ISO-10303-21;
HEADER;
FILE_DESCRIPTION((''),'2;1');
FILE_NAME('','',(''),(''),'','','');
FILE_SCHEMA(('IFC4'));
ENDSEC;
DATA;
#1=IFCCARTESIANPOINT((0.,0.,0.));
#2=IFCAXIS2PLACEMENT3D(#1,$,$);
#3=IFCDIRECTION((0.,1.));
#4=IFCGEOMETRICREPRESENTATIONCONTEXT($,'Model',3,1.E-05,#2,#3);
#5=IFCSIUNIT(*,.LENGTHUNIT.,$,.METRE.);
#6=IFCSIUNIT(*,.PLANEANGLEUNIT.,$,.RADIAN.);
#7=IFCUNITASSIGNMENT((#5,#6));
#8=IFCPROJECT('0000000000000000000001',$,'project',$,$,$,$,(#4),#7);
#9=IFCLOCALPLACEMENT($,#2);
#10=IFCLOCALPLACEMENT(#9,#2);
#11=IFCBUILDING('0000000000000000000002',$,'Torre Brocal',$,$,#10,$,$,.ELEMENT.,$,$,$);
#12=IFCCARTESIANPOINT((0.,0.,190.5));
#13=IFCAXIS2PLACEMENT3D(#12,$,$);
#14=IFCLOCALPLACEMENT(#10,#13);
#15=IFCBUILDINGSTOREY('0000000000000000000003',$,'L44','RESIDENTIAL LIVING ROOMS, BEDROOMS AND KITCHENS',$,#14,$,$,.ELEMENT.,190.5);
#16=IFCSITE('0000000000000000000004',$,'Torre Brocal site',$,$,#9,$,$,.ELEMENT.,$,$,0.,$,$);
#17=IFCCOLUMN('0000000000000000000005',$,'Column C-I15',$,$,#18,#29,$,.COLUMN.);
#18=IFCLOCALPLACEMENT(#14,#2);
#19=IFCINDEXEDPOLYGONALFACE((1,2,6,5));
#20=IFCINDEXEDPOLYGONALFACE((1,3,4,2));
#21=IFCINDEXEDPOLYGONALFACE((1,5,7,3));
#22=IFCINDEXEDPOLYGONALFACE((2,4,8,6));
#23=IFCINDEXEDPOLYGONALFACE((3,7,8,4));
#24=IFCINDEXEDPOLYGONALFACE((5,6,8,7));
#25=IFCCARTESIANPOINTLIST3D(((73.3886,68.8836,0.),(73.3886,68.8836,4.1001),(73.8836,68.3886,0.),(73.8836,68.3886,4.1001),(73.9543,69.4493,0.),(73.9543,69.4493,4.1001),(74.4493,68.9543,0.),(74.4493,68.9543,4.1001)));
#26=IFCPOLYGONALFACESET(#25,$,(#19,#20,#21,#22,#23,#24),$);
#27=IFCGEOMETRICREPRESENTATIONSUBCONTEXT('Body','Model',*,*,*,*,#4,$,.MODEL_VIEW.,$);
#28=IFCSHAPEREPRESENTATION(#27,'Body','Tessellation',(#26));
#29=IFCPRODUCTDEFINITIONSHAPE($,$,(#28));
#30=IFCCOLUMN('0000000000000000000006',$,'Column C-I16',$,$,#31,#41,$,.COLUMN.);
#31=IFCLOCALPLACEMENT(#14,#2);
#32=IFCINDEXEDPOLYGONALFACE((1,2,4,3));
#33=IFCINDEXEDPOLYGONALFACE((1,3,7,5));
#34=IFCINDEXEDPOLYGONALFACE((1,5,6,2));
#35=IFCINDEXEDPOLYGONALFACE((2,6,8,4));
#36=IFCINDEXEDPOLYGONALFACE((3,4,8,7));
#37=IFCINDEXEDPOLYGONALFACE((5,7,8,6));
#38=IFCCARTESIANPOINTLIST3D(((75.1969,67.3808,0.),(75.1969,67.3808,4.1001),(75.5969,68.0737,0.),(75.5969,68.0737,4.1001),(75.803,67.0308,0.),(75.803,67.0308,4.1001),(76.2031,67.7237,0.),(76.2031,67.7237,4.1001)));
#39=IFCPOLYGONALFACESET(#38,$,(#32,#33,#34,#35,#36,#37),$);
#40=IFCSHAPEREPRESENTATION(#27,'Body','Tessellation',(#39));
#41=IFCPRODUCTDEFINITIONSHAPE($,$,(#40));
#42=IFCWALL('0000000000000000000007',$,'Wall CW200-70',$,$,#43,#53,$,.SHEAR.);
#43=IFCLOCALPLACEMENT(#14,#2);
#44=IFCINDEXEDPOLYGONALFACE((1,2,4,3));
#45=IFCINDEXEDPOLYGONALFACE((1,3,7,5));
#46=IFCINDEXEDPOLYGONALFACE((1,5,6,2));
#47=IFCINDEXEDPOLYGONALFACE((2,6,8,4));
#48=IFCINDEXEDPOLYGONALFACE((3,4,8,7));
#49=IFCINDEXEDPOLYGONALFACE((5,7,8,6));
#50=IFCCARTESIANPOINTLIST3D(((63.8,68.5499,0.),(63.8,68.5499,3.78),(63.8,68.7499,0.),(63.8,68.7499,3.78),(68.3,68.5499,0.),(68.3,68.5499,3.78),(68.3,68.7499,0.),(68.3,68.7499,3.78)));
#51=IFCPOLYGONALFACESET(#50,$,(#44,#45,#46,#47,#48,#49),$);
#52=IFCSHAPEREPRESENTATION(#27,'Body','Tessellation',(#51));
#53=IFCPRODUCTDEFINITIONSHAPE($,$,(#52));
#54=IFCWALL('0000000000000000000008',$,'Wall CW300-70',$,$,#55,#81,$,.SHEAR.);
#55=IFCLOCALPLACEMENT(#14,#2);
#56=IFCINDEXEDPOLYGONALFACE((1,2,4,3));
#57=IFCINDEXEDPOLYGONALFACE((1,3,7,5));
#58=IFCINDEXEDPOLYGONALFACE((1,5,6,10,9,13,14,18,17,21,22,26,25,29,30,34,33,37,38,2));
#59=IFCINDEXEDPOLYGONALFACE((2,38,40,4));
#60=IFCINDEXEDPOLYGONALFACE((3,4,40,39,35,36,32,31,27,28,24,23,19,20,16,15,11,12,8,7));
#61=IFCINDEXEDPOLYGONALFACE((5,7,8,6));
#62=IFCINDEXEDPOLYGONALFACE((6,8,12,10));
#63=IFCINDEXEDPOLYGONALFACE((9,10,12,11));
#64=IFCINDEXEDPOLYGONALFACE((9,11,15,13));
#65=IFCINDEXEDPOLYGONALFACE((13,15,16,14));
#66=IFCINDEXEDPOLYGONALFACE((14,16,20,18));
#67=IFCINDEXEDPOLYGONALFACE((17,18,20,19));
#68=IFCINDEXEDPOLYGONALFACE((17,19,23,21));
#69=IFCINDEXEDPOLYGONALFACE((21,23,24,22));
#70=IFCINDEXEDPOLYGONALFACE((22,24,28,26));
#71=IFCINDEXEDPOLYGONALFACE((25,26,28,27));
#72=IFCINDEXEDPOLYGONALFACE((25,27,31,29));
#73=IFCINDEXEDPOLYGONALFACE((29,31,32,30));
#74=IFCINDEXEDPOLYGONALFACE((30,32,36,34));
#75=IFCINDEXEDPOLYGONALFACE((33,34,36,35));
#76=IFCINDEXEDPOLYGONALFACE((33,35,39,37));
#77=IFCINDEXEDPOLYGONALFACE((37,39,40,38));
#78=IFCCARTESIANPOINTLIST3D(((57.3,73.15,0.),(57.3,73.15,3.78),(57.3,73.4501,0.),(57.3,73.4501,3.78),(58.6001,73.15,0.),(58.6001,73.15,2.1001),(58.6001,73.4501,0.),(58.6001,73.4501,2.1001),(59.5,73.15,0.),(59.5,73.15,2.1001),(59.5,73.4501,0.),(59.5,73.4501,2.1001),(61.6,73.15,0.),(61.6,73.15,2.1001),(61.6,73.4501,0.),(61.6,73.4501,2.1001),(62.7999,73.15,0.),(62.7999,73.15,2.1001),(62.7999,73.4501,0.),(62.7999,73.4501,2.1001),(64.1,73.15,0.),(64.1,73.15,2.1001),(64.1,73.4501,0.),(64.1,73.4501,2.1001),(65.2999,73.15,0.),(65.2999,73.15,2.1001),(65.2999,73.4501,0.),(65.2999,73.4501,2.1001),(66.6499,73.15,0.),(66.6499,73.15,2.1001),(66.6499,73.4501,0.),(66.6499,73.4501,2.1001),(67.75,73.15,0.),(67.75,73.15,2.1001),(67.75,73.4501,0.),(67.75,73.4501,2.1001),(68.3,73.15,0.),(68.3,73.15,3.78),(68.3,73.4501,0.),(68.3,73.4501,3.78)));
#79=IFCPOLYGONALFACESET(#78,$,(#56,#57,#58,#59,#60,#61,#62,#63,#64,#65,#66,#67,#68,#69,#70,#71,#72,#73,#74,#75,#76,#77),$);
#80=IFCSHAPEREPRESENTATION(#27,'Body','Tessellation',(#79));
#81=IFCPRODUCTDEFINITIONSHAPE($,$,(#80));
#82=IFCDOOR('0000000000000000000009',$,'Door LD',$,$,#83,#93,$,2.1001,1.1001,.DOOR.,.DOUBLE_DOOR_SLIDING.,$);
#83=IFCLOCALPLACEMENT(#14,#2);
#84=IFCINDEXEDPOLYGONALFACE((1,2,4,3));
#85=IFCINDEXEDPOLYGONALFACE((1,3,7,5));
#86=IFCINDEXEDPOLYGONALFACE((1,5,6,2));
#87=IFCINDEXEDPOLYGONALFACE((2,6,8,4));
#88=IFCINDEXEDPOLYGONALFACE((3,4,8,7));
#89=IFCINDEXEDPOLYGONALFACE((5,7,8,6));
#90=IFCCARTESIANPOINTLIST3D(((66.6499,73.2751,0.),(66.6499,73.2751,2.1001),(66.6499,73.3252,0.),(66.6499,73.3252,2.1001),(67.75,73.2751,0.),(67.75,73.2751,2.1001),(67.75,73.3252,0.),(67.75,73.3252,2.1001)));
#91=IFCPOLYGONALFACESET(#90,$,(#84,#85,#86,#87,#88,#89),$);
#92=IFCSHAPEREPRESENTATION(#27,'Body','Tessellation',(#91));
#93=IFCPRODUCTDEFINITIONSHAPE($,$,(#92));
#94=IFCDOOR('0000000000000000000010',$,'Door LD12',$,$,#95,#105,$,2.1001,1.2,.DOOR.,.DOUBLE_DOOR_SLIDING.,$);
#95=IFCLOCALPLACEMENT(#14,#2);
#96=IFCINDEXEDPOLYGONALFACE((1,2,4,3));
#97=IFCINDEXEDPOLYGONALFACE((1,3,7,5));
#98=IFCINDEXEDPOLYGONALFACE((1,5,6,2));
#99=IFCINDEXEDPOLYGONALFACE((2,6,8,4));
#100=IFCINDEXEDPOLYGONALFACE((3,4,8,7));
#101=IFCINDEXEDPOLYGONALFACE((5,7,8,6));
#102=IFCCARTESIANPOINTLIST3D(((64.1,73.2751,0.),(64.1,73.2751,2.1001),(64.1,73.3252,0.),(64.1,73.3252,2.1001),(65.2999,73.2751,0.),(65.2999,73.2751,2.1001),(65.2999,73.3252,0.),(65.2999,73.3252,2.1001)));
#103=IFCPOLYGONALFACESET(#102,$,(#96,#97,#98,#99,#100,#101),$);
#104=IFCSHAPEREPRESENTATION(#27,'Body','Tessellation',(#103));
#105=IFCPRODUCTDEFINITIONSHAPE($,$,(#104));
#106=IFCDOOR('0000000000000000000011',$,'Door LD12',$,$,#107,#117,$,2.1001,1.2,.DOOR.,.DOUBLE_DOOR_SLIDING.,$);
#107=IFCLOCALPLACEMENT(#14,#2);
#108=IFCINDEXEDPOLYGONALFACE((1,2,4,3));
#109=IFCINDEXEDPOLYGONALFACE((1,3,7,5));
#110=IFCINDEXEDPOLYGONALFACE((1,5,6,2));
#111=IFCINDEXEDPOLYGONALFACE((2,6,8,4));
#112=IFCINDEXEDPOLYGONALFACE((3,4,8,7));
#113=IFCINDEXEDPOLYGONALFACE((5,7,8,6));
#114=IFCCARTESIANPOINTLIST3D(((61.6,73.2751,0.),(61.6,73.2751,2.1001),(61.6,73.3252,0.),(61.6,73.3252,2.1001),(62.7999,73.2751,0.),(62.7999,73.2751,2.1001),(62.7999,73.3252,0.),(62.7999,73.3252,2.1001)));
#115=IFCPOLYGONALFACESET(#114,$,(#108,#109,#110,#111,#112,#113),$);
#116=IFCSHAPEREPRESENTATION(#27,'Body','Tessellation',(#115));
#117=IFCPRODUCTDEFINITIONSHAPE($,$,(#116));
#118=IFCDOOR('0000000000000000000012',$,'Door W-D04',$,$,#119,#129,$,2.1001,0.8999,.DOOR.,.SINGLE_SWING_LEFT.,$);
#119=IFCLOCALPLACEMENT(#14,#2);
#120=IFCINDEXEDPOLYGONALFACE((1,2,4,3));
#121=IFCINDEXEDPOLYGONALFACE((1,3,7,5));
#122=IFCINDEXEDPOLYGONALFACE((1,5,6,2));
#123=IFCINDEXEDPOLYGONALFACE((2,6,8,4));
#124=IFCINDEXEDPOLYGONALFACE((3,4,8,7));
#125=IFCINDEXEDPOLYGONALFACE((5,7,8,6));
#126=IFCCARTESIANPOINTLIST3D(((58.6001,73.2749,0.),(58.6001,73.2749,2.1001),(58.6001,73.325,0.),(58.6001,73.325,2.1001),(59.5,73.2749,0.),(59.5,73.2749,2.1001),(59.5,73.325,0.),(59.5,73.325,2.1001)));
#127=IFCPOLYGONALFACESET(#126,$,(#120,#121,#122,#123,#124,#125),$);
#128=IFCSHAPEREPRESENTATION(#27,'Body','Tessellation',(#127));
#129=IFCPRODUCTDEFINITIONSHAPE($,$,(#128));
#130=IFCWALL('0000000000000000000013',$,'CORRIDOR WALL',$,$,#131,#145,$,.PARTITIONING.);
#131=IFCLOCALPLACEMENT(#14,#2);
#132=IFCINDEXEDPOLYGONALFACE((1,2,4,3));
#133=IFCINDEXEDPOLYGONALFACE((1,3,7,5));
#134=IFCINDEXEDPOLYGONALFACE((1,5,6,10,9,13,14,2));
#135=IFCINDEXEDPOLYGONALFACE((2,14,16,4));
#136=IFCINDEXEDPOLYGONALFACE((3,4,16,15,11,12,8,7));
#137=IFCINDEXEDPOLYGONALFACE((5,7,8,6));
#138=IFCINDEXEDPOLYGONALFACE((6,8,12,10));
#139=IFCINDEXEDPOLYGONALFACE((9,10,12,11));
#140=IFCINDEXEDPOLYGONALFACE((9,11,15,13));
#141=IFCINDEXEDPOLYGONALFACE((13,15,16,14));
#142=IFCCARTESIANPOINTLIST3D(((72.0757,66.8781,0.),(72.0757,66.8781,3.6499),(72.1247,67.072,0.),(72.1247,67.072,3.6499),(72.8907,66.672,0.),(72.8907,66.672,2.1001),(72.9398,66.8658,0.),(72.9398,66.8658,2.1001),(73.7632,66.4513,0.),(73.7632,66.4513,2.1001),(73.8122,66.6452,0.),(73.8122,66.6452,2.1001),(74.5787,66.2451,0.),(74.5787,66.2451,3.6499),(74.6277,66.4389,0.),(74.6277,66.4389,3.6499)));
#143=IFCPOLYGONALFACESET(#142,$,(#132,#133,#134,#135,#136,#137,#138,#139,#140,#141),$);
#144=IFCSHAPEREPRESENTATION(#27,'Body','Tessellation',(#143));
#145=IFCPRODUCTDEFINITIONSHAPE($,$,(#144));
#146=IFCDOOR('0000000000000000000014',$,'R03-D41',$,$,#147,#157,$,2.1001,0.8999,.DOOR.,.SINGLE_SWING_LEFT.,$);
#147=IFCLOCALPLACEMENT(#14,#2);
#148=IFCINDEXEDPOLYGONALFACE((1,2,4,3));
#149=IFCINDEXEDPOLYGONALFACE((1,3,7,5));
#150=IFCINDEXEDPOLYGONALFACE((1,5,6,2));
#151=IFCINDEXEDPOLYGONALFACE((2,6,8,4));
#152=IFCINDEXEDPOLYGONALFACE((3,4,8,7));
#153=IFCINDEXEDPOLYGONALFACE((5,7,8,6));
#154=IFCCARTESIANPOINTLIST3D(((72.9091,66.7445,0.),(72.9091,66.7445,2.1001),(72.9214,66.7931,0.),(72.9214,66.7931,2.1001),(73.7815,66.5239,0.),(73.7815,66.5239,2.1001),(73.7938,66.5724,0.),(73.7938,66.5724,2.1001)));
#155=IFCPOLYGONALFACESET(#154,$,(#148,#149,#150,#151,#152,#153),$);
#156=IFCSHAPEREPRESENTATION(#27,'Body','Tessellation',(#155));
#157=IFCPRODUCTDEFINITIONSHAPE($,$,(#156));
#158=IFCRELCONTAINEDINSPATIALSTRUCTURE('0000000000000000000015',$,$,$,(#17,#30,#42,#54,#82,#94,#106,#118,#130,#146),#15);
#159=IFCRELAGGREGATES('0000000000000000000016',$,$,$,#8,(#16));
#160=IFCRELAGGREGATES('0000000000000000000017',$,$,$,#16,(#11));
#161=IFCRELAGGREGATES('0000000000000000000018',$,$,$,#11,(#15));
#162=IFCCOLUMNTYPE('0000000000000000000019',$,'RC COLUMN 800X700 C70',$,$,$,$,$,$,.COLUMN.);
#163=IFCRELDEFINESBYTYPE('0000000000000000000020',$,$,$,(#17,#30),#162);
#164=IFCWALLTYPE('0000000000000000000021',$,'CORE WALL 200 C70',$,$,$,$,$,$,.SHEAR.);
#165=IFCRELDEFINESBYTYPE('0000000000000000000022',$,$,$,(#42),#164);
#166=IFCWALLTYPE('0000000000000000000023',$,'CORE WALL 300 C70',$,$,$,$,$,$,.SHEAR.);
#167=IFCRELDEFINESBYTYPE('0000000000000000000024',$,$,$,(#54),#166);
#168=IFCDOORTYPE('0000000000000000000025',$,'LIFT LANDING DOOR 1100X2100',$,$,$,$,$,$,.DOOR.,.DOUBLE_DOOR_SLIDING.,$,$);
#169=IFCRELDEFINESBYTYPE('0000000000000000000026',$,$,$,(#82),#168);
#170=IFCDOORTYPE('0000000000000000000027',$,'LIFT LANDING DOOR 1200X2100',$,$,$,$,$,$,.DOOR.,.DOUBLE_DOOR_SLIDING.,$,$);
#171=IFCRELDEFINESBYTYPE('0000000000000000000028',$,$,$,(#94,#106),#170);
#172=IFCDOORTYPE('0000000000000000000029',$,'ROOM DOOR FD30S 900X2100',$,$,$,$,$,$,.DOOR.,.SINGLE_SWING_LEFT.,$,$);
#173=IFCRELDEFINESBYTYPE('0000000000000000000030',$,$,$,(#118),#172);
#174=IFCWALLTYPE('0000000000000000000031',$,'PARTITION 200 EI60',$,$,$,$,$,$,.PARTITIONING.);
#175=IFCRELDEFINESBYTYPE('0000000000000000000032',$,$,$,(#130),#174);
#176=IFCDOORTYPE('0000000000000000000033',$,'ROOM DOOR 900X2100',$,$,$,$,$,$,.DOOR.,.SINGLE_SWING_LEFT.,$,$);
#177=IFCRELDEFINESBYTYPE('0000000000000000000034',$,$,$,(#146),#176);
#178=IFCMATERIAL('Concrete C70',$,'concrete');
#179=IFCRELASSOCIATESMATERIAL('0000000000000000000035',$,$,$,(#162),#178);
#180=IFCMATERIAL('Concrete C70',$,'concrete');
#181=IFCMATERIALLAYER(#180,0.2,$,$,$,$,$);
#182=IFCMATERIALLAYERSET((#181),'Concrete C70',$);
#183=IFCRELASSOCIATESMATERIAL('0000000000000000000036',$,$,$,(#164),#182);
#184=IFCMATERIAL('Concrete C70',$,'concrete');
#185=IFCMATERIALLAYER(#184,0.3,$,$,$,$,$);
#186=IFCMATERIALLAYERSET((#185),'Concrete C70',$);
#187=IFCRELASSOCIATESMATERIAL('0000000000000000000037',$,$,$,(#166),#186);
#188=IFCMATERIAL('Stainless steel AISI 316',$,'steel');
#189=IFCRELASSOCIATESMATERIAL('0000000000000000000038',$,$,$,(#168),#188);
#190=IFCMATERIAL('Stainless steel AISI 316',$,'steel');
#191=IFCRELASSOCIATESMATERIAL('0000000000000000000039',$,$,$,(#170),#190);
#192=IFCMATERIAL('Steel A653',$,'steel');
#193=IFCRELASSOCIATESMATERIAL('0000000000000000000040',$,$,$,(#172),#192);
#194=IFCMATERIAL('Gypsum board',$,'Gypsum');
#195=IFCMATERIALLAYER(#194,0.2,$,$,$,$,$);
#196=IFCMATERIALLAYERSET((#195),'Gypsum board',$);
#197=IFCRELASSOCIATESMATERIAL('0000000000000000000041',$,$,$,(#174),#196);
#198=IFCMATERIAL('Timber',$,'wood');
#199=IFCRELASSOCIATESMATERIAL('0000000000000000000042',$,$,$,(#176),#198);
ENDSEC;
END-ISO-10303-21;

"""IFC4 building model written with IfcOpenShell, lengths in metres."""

from ifc_helpers import new_model, si_unit, direction, frame, frame_2d, origin, origin_2d, place, context, subcontext, project, spatial, rectangle, extrude, material, layer, layer_set, material_profile, profile_set, type_object, element, fill, save


model = new_model("IFC4")

# Units and contexts
model_context = context("Model", 3, precision=1e-05, world=origin(), true_north=direction((0.0, 1.0)))
body_context = subcontext(model_context, "Body", "Model", "MODEL_VIEW")
ifc_project = project(units=[si_unit("LENGTHUNIT", "METRE"), si_unit("PLANEANGLEUNIT", "RADIAN")], contexts=[model_context])

# Site, building, storey
site_placement = place(None, origin())
site = spatial("IfcSite", under=ifc_project, at=site_placement, Name="Torre Brocal site", CompositionType="ELEMENT", RefElevation=0.0)
building_placement = place(site_placement, origin())
building = spatial("IfcBuilding", under=site, at=building_placement, Name="Torre Brocal", CompositionType="ELEMENT")
storey_placement = place(building_placement, frame((0.0, 0.0, 190.5)))
storey = spatial("IfcBuildingStorey", under=building, at=storey_placement, Name="L44", Description="RESIDENTIAL LIVING ROOMS, BEDROOMS AND KITCHENS", CompositionType="ELEMENT", Elevation=190.5)

# Columns
ifc_material_1 = material(Name="Concrete C70", Category="concrete")
ifc_material_profile = material_profile(ifc_material_1, rectangle(XDim=0.8, YDim=0.7, at=origin_2d()), Name="RC 800X700")
ifc_profile_set = profile_set([ifc_material_profile], Name="Concrete C70")
column_type = type_object("IfcColumnType", Name="RC COLUMN 800X700 C70", PredefinedType="COLUMN", material=ifc_profile_set)
for number, where, z_axis, x_axis, name in (
    (1, (73.9189, 68.9189, 0.0), (0.0, 0.0, 1.0), (-0.707107, -0.707107, 0.0), "Column C-I15"),
    (2, (75.7, 67.5522, 0.0), (0.0, 0.0, 1.0), (-0.5, -0.866025, 0.0), "Column C-I16"),
):
    element("IfcColumn", number, at=place(storey_placement, frame(where, z_axis=z_axis, x_axis=x_axis)), inside=storey, type_object=column_type, Name=name, PredefinedType="COLUMN", context=body_context, shape_type="SweptSolid", body=[
        extrude(rectangle(XDim=0.8, YDim=0.7, at=origin_2d()), origin(), (0.0, 0.0, 1.0), 4.1001),
    ])

# Wall
ifc_material_2 = material(Name="Concrete C70", Category="concrete")
ifc_layer_1 = layer(ifc_material_2, 0.2)
ifc_layer_set_1 = layer_set([ifc_layer_1], Name="Concrete C70")
wall_type_1 = type_object("IfcWallType", Name="CORE WALL 200 C70", PredefinedType="SHEAR", material=ifc_layer_set_1)
wall_1_placement = place(storey_placement, frame((68.3, 68.6499, 0.0), z_axis=(0.0, 0.0, 1.0), x_axis=(-1.0, 0.0, 0.0)))
element("IfcWall", 3, at=wall_1_placement, inside=storey, type_object=wall_type_1, Name="Wall CW200-70", PredefinedType="SHEAR", context=body_context, shape_type="SweptSolid", body=[
    extrude(rectangle(XDim=4.5, YDim=0.2, at=frame_2d((2.25, 0.0))), origin(), (0.0, 0.0, 1.0), 3.78),
])

# Wall, openings, doors
ifc_material_3 = material(Name="Concrete C70", Category="concrete")
ifc_layer_2 = layer(ifc_material_3, 0.3)
ifc_layer_set_2 = layer_set([ifc_layer_2], Name="Concrete C70")
wall_type_2 = type_object("IfcWallType", Name="CORE WALL 300 C70", PredefinedType="SHEAR", material=ifc_layer_set_2)
wall_2_placement = place(storey_placement, frame((68.3, 73.3, 0.0), z_axis=(0.0, 0.0, 1.0), x_axis=(-1.0, 0.0, 0.0)))
wall_2 = element("IfcWall", 4, at=wall_2_placement, inside=storey, type_object=wall_type_2, Name="Wall CW300-70", PredefinedType="SHEAR", context=body_context, shape_type="SweptSolid", body=[
    extrude(rectangle(XDim=11.0, YDim=0.3, at=frame_2d((5.5, 0.0))), origin(), (0.0, 0.0, 1.0), 3.78),
])
opening_1_placement = place(wall_2_placement, frame((0.55, 0.0, 0.0)))
opening_1 = element("IfcOpeningElement", 5, at=opening_1_placement, cuts=wall_2, PredefinedType="OPENING", context=body_context, shape_type="SweptSolid", body=[
    extrude(rectangle(XDim=1.1001, YDim=2.1001, at=frame_2d((0.55, 1.05))), frame((0.0, 0.1599, 0.0), z_axis=(0.0, -1.0, 0.0), x_axis=(1.0, 0.0, 0.0)), (0.0, 0.0, 1.0), 0.3201),
])
opening_2_placement = place(wall_2_placement, frame((3.0, 0.0, 0.0)))
opening_2 = element("IfcOpeningElement", 6, at=opening_2_placement, cuts=wall_2, PredefinedType="OPENING", context=body_context, shape_type="SweptSolid", body=[
    extrude(rectangle(XDim=1.2, YDim=2.1001, at=frame_2d((0.6001, 1.05))), frame((0.0, 0.1599, 0.0), z_axis=(0.0, -1.0, 0.0), x_axis=(1.0, 0.0, 0.0)), (0.0, 0.0, 1.0), 0.3201),
])
opening_3_placement = place(wall_2_placement, frame((5.5, 0.0, 0.0)))
opening_3 = element("IfcOpeningElement", 7, at=opening_3_placement, cuts=wall_2, PredefinedType="OPENING", context=body_context, shape_type="SweptSolid", body=[
    extrude(rectangle(XDim=1.2, YDim=2.1001, at=frame_2d((0.6001, 1.05))), frame((0.0, 0.1599, 0.0), z_axis=(0.0, -1.0, 0.0), x_axis=(1.0, 0.0, 0.0)), (0.0, 0.0, 1.0), 0.3201),
])
opening_4_placement = place(wall_2_placement, frame((8.8, 0.0, 0.0)))
opening_4 = element("IfcOpeningElement", 8, at=opening_4_placement, cuts=wall_2, PredefinedType="OPENING", context=body_context, shape_type="SweptSolid", body=[
    extrude(rectangle(XDim=0.8999, YDim=2.1001, at=frame_2d((0.45, 1.05))), frame((0.0, 0.1599, 0.0), z_axis=(0.0, -1.0, 0.0), x_axis=(1.0, 0.0, 0.0)), (0.0, 0.0, 1.0), 0.3201),
])
ifc_material_4 = material(Name="Stainless steel AISI 316", Category="steel")
door_type_1 = type_object("IfcDoorType", Name="LIFT LANDING DOOR 1100X2100", OperationType="DOUBLE_DOOR_SLIDING", PredefinedType="DOOR", material=ifc_material_4)
door_1_placement = place(opening_1_placement, origin())
door_1 = element("IfcDoor", 9, at=door_1_placement, inside=storey, type_object=door_type_1, Name="Door LD", OperationType="DOUBLE_DOOR_SLIDING", OverallHeight=2.1001, OverallWidth=1.1001, PredefinedType="DOOR", context=body_context, shape_type="SweptSolid", body=[
    extrude(rectangle(XDim=1.1001, YDim=2.1001, at=frame_2d((0.55, 1.05))), frame((0.0, 0.0249, 0.0), z_axis=(0.0, -1.0, 0.0), x_axis=(1.0, 0.0, 0.0)), (0.0, 0.0, 1.0), 0.05),
])
fill(opening_1, door_1)
ifc_material_5 = material(Name="Stainless steel AISI 316", Category="steel")
door_type_2 = type_object("IfcDoorType", Name="LIFT LANDING DOOR 1200X2100", OperationType="DOUBLE_DOOR_SLIDING", PredefinedType="DOOR", material=ifc_material_5)
door_2_placement = place(opening_2_placement, origin())
door_2 = element("IfcDoor", 10, at=door_2_placement, inside=storey, type_object=door_type_2, Name="Door LD12", OperationType="DOUBLE_DOOR_SLIDING", OverallHeight=2.1001, OverallWidth=1.2, PredefinedType="DOOR", context=body_context, shape_type="SweptSolid", body=[
    extrude(rectangle(XDim=1.2, YDim=2.1001, at=frame_2d((0.6001, 1.05))), frame((0.0, 0.0249, 0.0), z_axis=(0.0, -1.0, 0.0), x_axis=(1.0, 0.0, 0.0)), (0.0, 0.0, 1.0), 0.05),
])
fill(opening_2, door_2)
door_3_placement = place(opening_3_placement, origin())
door_3 = element("IfcDoor", 11, at=door_3_placement, inside=storey, type_object=door_type_2, Name="Door LD12", OperationType="DOUBLE_DOOR_SLIDING", OverallHeight=2.1001, OverallWidth=1.2, PredefinedType="DOOR", context=body_context, shape_type="SweptSolid", body=[
    extrude(rectangle(XDim=1.2, YDim=2.1001, at=frame_2d((0.6001, 1.05))), frame((0.0, 0.0249, 0.0), z_axis=(0.0, -1.0, 0.0), x_axis=(1.0, 0.0, 0.0)), (0.0, 0.0, 1.0), 0.05),
])
fill(opening_3, door_3)
ifc_material_6 = material(Name="Steel A653", Category="steel")
door_type_3 = type_object("IfcDoorType", Name="ROOM DOOR FD30S 900X2100", OperationType="SINGLE_SWING_LEFT", PredefinedType="DOOR", material=ifc_material_6)
door_4_placement = place(opening_4_placement, frame((0.8999, 0.0, 0.0), z_axis=(0.0, 0.0, 1.0), x_axis=(-1.0, 0.0, 0.0)))
door_4 = element("IfcDoor", 12, at=door_4_placement, inside=storey, type_object=door_type_3, Name="Door W-D04", OperationType="SINGLE_SWING_LEFT", OverallHeight=2.1001, OverallWidth=0.8999, PredefinedType="DOOR", context=body_context, shape_type="SweptSolid", body=[
    extrude(rectangle(XDim=0.8999, YDim=2.1001, at=frame_2d((0.45, 1.05))), frame((0.0, 0.0249, 0.0), z_axis=(0.0, -1.0, 0.0), x_axis=(1.0, 0.0, 0.0)), (0.0, 0.0, 1.0), 0.05),
])
fill(opening_4, door_4)

# Wall, opening, door
ifc_material_7 = material(Name="Gypsum board", Category="Gypsum")
ifc_layer_3 = layer(ifc_material_7, 0.2)
ifc_layer_set_3 = layer_set([ifc_layer_3], Name="Gypsum board")
wall_type_3 = type_object("IfcWallType", Name="PARTITION 200 EI60", PredefinedType="PARTITIONING", material=ifc_layer_set_3)
wall_3_placement = place(storey_placement, frame((72.1001, 66.9751, 0.0), z_axis=(0.0, 0.0, 1.0), x_axis=(0.969471, -0.245205, 0.0)))
wall_3 = element("IfcWall", 13, at=wall_3_placement, inside=storey, type_object=wall_type_3, Name="CORRIDOR WALL", PredefinedType="PARTITIONING", context=body_context, shape_type="SweptSolid", body=[
    extrude(rectangle(XDim=2.5818, YDim=0.2, at=frame_2d((1.291, 0.0))), origin(), (0.0, 0.0, 1.0), 3.6499),
])
opening_5_placement = place(wall_3_placement, frame((0.8408, 0.0, 0.0)))
opening_5 = element("IfcOpeningElement", 14, at=opening_5_placement, cuts=wall_3, PredefinedType="OPENING", context=body_context, shape_type="SweptSolid", body=[
    extrude(rectangle(XDim=0.8999, YDim=2.1001, at=frame_2d((0.45, 1.05))), frame((0.0, 0.1099, 0.0), z_axis=(0.0, -1.0, 0.0), x_axis=(1.0, 0.0, 0.0)), (0.0, 0.0, 1.0), 0.22),
])
ifc_material_8 = material(Name="Timber", Category="wood")
door_type_4 = type_object("IfcDoorType", Name="ROOM DOOR 900X2100", OperationType="SINGLE_SWING_LEFT", PredefinedType="DOOR", material=ifc_material_8)
door_5_placement = place(opening_5_placement, origin())
door_5 = element("IfcDoor", 15, at=door_5_placement, inside=storey, type_object=door_type_4, Name="R03-D41", OperationType="SINGLE_SWING_LEFT", OverallHeight=2.1001, OverallWidth=0.8999, PredefinedType="DOOR", context=body_context, shape_type="SweptSolid", body=[
    extrude(rectangle(XDim=0.8999, YDim=2.1001, at=frame_2d((0.45, 1.05))), frame((0.0, 0.0249, 0.0), z_axis=(0.0, -1.0, 0.0), x_axis=(1.0, 0.0, 0.0)), (0.0, 0.0, 1.0), 0.05),
])
fill(opening_5, door_5)

save(model, "model.ifc")
